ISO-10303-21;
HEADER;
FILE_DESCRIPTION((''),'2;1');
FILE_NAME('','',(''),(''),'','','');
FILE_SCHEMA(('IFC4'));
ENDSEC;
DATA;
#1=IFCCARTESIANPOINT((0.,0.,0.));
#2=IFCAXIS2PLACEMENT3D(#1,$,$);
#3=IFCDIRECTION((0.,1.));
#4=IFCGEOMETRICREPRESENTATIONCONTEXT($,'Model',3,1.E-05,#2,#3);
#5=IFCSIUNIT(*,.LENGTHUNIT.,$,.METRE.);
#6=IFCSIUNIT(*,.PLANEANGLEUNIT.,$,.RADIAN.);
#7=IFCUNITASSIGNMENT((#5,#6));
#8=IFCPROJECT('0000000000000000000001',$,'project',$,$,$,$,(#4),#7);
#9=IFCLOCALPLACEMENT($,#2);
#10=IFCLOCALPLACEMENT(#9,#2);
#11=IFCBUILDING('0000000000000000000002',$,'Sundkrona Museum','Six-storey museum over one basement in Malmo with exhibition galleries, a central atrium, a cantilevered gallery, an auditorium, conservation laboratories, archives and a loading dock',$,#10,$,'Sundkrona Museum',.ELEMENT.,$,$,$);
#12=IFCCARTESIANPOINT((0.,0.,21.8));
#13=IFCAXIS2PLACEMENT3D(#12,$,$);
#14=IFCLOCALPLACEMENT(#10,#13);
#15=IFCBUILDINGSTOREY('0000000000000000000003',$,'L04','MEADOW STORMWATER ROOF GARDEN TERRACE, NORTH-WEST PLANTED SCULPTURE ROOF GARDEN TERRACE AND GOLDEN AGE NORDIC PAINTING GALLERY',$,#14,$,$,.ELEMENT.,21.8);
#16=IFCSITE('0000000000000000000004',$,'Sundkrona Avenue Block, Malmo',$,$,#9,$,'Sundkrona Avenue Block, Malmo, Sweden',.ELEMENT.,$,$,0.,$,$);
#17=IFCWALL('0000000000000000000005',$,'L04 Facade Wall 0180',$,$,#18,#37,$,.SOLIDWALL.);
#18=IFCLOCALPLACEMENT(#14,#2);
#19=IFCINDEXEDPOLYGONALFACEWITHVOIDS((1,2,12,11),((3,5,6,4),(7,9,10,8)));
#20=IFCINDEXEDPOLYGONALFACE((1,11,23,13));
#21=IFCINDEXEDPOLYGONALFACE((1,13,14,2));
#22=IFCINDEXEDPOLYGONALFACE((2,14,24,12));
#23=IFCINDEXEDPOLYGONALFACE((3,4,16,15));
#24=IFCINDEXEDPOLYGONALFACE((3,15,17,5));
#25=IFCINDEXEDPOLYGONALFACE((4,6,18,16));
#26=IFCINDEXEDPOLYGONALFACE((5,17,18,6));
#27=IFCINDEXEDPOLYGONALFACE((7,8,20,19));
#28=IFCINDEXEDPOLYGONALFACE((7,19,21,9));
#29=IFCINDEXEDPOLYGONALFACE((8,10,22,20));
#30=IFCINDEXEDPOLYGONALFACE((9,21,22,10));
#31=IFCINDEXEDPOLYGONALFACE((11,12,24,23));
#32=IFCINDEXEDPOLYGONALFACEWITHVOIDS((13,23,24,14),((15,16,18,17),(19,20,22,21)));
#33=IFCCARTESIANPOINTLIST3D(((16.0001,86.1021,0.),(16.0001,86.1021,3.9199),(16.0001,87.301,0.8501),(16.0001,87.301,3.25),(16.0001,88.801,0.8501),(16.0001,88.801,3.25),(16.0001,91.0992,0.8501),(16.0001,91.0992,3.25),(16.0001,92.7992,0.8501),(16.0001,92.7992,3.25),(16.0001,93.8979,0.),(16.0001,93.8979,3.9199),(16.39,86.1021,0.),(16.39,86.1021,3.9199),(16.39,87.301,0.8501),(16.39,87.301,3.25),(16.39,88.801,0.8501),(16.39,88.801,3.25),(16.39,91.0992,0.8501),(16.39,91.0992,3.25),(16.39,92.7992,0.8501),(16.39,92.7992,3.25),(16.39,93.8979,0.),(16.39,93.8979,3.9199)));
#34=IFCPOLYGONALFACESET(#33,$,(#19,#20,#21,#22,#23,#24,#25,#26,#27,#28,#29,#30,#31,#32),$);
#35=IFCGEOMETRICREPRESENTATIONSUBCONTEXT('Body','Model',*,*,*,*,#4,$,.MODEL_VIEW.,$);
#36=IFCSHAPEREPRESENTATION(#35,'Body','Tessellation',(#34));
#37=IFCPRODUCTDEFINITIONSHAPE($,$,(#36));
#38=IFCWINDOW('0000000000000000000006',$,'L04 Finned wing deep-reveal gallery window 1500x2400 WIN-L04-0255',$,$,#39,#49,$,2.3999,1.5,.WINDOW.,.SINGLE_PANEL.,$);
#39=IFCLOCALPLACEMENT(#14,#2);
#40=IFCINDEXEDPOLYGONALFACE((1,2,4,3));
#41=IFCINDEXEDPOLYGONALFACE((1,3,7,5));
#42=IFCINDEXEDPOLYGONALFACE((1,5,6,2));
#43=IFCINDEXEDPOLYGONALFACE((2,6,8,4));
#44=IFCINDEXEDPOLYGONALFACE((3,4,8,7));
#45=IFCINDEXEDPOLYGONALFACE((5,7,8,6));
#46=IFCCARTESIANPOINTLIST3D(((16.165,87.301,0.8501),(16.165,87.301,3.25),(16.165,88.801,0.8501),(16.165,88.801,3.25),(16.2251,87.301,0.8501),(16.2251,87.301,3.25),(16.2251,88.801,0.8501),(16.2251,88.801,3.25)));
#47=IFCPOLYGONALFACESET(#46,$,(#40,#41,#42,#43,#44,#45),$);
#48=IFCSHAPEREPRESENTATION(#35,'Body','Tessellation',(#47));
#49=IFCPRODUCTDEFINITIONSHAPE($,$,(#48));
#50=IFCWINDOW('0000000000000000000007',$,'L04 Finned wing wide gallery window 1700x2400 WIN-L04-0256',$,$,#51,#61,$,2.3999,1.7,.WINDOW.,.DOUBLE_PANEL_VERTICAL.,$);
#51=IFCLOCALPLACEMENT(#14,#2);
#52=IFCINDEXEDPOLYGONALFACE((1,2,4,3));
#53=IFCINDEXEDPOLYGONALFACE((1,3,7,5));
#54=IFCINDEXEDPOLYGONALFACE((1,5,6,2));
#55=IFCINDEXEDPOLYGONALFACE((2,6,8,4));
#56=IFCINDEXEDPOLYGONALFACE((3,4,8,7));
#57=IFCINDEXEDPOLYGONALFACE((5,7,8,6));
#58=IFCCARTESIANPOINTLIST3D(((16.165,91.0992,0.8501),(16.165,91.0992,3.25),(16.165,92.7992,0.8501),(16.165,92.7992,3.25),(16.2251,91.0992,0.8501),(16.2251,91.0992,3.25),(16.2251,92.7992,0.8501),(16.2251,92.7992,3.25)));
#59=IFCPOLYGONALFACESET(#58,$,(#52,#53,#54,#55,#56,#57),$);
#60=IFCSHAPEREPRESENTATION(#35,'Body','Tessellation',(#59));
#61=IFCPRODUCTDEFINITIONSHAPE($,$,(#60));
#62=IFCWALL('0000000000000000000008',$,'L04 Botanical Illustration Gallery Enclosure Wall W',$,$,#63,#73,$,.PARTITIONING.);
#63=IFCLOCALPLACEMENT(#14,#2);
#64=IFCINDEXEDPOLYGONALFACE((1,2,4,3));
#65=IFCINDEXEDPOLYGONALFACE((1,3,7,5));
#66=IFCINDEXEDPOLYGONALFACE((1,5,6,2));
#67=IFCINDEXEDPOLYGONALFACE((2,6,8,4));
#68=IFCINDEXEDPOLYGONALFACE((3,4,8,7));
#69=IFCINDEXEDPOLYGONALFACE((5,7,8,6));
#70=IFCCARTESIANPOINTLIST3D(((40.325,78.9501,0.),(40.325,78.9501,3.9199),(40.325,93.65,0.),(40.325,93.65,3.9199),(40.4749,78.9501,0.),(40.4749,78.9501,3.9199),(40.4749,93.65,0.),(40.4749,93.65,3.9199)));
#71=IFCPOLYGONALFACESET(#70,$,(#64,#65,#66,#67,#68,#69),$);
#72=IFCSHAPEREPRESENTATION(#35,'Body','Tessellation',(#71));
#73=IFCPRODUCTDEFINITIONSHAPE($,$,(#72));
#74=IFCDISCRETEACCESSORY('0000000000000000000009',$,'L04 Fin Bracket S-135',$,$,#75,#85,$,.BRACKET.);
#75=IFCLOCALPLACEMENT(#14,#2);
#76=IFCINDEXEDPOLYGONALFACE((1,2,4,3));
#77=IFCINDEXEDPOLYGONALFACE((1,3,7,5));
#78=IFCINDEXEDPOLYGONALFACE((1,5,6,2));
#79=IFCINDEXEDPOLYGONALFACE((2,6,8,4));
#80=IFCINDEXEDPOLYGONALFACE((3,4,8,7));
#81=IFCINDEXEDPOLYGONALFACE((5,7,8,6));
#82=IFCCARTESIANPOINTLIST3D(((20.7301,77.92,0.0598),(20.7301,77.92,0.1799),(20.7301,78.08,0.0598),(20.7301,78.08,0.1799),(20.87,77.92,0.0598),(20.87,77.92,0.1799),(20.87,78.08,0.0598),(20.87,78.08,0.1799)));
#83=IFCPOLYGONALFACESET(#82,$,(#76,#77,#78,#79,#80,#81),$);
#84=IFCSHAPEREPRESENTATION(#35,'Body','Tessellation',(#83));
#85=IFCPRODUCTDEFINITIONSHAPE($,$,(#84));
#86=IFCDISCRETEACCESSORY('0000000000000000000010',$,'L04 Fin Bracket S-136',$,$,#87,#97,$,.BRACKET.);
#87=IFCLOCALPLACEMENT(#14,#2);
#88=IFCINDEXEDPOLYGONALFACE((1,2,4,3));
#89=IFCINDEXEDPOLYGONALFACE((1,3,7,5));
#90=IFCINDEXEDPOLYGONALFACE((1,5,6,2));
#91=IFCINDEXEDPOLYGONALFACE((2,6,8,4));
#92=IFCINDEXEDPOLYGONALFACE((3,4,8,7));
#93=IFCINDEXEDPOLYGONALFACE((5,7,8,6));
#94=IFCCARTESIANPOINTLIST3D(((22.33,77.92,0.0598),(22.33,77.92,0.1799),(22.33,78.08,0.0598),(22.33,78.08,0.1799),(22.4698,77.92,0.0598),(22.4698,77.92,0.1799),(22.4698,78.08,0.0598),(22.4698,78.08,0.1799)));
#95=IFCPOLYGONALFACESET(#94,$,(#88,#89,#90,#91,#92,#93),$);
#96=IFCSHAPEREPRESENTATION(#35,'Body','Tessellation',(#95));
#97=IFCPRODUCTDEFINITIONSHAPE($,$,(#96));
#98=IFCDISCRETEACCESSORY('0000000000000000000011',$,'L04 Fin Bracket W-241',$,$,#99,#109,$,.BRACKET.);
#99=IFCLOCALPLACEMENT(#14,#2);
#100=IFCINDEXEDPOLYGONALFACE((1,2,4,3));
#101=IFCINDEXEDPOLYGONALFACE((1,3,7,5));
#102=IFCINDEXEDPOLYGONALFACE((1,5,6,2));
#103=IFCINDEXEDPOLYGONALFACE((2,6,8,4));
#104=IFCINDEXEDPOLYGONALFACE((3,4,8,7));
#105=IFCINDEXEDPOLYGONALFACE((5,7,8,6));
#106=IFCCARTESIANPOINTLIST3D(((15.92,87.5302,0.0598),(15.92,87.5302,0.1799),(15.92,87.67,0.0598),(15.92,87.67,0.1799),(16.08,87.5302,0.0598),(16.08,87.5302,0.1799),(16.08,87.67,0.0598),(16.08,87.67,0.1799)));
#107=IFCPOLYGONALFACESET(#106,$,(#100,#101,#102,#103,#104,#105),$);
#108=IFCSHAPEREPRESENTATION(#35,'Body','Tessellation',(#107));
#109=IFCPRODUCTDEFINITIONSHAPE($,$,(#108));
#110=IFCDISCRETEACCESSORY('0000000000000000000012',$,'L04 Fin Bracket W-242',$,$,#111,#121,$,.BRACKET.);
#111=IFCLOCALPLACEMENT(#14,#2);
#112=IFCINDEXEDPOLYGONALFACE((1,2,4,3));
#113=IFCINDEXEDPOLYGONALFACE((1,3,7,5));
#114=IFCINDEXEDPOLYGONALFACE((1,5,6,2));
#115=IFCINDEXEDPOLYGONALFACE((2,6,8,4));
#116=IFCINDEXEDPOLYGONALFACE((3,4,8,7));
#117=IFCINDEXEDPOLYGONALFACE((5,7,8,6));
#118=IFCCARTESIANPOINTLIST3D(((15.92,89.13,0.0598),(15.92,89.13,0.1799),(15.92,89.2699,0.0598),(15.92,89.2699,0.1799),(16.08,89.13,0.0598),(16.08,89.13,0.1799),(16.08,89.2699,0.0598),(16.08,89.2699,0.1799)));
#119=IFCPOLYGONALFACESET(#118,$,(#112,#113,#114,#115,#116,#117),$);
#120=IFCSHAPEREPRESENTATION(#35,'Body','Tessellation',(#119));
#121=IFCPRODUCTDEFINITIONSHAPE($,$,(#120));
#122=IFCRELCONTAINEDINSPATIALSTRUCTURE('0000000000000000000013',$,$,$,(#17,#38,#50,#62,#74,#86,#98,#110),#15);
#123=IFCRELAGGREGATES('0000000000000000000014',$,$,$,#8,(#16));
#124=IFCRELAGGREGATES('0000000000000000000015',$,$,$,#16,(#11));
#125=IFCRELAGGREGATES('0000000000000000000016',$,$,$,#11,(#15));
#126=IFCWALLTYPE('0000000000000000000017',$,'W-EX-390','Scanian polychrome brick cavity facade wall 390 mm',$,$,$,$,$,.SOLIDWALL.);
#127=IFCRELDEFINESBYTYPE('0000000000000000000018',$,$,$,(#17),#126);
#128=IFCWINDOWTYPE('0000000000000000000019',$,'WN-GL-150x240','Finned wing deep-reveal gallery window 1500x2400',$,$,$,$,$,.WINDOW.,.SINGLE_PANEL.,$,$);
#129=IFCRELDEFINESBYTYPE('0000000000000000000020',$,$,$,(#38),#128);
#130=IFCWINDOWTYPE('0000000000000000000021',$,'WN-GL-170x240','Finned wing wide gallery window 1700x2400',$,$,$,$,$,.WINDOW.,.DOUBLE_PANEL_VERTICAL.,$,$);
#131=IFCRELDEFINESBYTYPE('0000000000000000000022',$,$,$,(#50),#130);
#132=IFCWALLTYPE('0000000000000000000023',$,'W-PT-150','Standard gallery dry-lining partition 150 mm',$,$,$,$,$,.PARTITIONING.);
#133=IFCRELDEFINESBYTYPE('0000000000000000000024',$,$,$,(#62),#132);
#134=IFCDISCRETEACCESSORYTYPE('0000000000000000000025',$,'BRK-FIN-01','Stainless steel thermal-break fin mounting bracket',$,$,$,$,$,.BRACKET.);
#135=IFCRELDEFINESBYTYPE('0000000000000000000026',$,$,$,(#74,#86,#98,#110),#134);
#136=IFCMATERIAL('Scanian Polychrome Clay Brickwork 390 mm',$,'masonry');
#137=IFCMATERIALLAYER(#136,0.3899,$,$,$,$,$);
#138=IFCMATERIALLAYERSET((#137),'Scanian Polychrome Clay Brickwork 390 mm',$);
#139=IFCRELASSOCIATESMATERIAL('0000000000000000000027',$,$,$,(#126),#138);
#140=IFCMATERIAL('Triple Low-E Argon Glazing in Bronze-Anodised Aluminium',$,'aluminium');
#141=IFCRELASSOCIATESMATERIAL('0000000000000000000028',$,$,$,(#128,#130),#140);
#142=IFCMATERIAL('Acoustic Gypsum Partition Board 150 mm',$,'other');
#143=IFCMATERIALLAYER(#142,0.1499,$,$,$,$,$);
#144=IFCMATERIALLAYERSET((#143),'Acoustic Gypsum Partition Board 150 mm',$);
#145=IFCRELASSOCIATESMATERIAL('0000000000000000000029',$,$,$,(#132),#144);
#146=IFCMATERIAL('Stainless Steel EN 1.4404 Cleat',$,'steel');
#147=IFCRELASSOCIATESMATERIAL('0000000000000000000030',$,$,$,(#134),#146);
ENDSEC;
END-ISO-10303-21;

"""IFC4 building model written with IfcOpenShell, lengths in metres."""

from ifc_helpers import new_model, si_unit, direction, frame, frame_2d, origin, origin_2d, place, context, subcontext, project, spatial, rectangle, extrude, material, layer, layer_set, type_object, element, fill, save


model = new_model("IFC4")

# Units and contexts
model_context = context("Model", 3, precision=1e-05, world=origin(), true_north=direction((0.0, 1.0)))
body_context = subcontext(model_context, "Body", "Model", "MODEL_VIEW")
ifc_project = project(units=[si_unit("LENGTHUNIT", "METRE"), si_unit("PLANEANGLEUNIT", "RADIAN")], contexts=[model_context])

# Site, building, storey
site_placement = place(None, origin())
site = spatial("IfcSite", under=ifc_project, at=site_placement, Name="Sundkrona Avenue Block, Malmo", LongName="Sundkrona Avenue Block, Malmo, Sweden", CompositionType="ELEMENT", RefElevation=0.0)
building_placement = place(site_placement, origin())
building = spatial("IfcBuilding", under=site, at=building_placement, Name="Sundkrona Museum", Description="Six-storey museum over one basement in Malmo with exhibition galleries, a central atrium, a cantilevered gallery, an auditorium, conservation laboratories, archives and a loading dock", LongName="Sundkrona Museum", CompositionType="ELEMENT")
storey_placement = place(building_placement, frame((0.0, 0.0, 21.8)))
storey = spatial("IfcBuildingStorey", under=building, at=storey_placement, Name="L04", Description="MEADOW STORMWATER ROOF GARDEN TERRACE, NORTH-WEST PLANTED SCULPTURE ROOF GARDEN TERRACE AND GOLDEN AGE NORDIC PAINTING GALLERY", CompositionType="ELEMENT", Elevation=21.8)

# Wall, openings, windows
ifc_material_1 = material(Name="Scanian Polychrome Clay Brickwork 390 mm", Category="masonry")
ifc_layer_1 = layer(ifc_material_1, 0.3899)
ifc_layer_set_1 = layer_set([ifc_layer_1], Name="Scanian Polychrome Clay Brickwork 390 mm")
wall_type_1 = type_object("IfcWallType", Name="W-EX-390", Description="Scanian polychrome brick cavity facade wall 390 mm", PredefinedType="SOLIDWALL", material=ifc_layer_set_1)
ifc_material_2 = material(Name="Triple Low-E Argon Glazing in Bronze-Anodised Aluminium", Category="aluminium")
window_type_1 = type_object("IfcWindowType", Name="WN-GL-150x240", Description="Finned wing deep-reveal gallery window 1500x2400", PartitioningType="SINGLE_PANEL", PredefinedType="WINDOW", material=ifc_material_2)
window_type_2 = type_object("IfcWindowType", Name="WN-GL-170x240", Description="Finned wing wide gallery window 1700x2400", PartitioningType="DOUBLE_PANEL_VERTICAL", PredefinedType="WINDOW", material=ifc_material_2)
wall_1_placement = place(storey_placement, frame((16.1951, 86.1021, 0.0), z_axis=(0.0, 0.0, 1.0), x_axis=(0.0, 1.0, 0.0)))
wall_1 = element("IfcWall", 1, at=wall_1_placement, inside=storey, type_object=wall_type_1, Name="L04 Facade Wall 0180", PredefinedType="SOLIDWALL", context=body_context, shape_type="SweptSolid", body=[
    extrude(rectangle(XDim=7.7959, YDim=0.3899, at=frame_2d((3.8979, 0.0))), origin(), (0.0, 0.0, 1.0), 3.9199),
])
opening_1_placement = place(wall_1_placement, frame((1.199, 0.0, 0.8501)))
opening_1 = element("IfcOpeningElement", 2, at=opening_1_placement, cuts=wall_1, PredefinedType="OPENING", context=body_context, shape_type="SweptSolid", body=[
    extrude(rectangle(XDim=1.5, YDim=2.3999, at=frame_2d((0.75, 1.2))), frame((0.0, 0.2048, 0.0), z_axis=(0.0, -1.0, 0.0), x_axis=(1.0, 0.0, 0.0)), (0.0, 0.0, 1.0), 0.4099),
])
opening_2_placement = place(wall_1_placement, frame((4.9971, 0.0, 0.8501)))
opening_2 = element("IfcOpeningElement", 3, at=opening_2_placement, cuts=wall_1, PredefinedType="OPENING", context=body_context, shape_type="SweptSolid", body=[
    extrude(rectangle(XDim=1.7, YDim=2.3999, at=frame_2d((0.8501, 1.2))), frame((0.0, 0.2048, 0.0), z_axis=(0.0, -1.0, 0.0), x_axis=(1.0, 0.0, 0.0)), (0.0, 0.0, 1.0), 0.4099),
])
window_1_placement = place(opening_1_placement, origin())
window_1 = element("IfcWindow", 4, at=window_1_placement, inside=storey, type_object=window_type_1, Name="L04 Finned wing deep-reveal gallery window 1500x2400 WIN-L04-0255", OverallHeight=2.3999, OverallWidth=1.5, PartitioningType="SINGLE_PANEL", PredefinedType="WINDOW", context=body_context, shape_type="SweptSolid", body=[
    extrude(rectangle(XDim=1.5, YDim=2.3999, at=frame_2d((0.75, 1.2))), frame((0.0, 0.03, 0.0), z_axis=(0.0, -1.0, 0.0), x_axis=(1.0, 0.0, 0.0)), (0.0, 0.0, 1.0), 0.0601),
])
fill(opening_1, window_1)
window_2_placement = place(opening_2_placement, origin())
window_2 = element("IfcWindow", 5, at=window_2_placement, inside=storey, type_object=window_type_2, Name="L04 Finned wing wide gallery window 1700x2400 WIN-L04-0256", OverallHeight=2.3999, OverallWidth=1.7, PartitioningType="DOUBLE_PANEL_VERTICAL", PredefinedType="WINDOW", context=body_context, shape_type="SweptSolid", body=[
    extrude(rectangle(XDim=1.7, YDim=2.3999, at=frame_2d((0.8501, 1.2))), frame((0.0, 0.03, 0.0), z_axis=(0.0, -1.0, 0.0), x_axis=(1.0, 0.0, 0.0)), (0.0, 0.0, 1.0), 0.0601),
])
fill(opening_2, window_2)

# Wall
ifc_material_3 = material(Name="Acoustic Gypsum Partition Board 150 mm", Category="other")
ifc_layer_2 = layer(ifc_material_3, 0.1499)
ifc_layer_set_2 = layer_set([ifc_layer_2], Name="Acoustic Gypsum Partition Board 150 mm")
wall_type_2 = type_object("IfcWallType", Name="W-PT-150", Description="Standard gallery dry-lining partition 150 mm", PredefinedType="PARTITIONING", material=ifc_layer_set_2)
wall_2_placement = place(storey_placement, frame((40.3999, 78.95, 0.0), z_axis=(0.0, 0.0, 1.0), x_axis=(0.0, 1.0, 0.0)))
element("IfcWall", 6, at=wall_2_placement, inside=storey, type_object=wall_type_2, Name="L04 Botanical Illustration Gallery Enclosure Wall W", PredefinedType="PARTITIONING", context=body_context, shape_type="SweptSolid", body=[
    extrude(rectangle(XDim=14.7, YDim=0.1499, at=frame_2d((7.3501, 0.0))), origin(), (0.0, 0.0, 1.0), 3.9199),
])

# Discrete accessories
ifc_material_4 = material(Name="Stainless Steel EN 1.4404 Cleat", Category="steel")
discrete_accessory_type = type_object("IfcDiscreteAccessoryType", Name="BRK-FIN-01", Description="Stainless steel thermal-break fin mounting bracket", PredefinedType="BRACKET", material=ifc_material_4)
for number, where, z_axis, x_axis, name in (
    (7, (20.8, 78.0, 0.0598), (0.0, 0.0, 1.0), (1.0, 0.0, 0.0), "L04 Fin Bracket S-135"),
    (8, (22.3999, 78.0, 0.0598), (0.0, 0.0, 1.0), (1.0, 0.0, 0.0), "L04 Fin Bracket S-136"),
):
    element("IfcDiscreteAccessory", number, at=place(storey_placement, frame(where, z_axis=z_axis, x_axis=x_axis)), inside=storey, type_object=discrete_accessory_type, Name=name, PredefinedType="BRACKET", context=body_context, shape_type="SweptSolid", body=[
        extrude(rectangle(XDim=0.1399, YDim=0.1599, at=origin_2d()), origin(), (0.0, 0.0, 1.0), 0.1201),
    ])
for number, where, z_axis, x_axis, name in (
    (9, (16.0, 87.6001, 0.0598), (0.0, 0.0, 1.0), (1.0, 0.0, 0.0), "L04 Fin Bracket W-241"),
    (10, (16.0, 89.2, 0.0598), (0.0, 0.0, 1.0), (1.0, 0.0, 0.0), "L04 Fin Bracket W-242"),
):
    element("IfcDiscreteAccessory", number, at=place(storey_placement, frame(where, z_axis=z_axis, x_axis=x_axis)), inside=storey, type_object=discrete_accessory_type, Name=name, PredefinedType="BRACKET", context=body_context, shape_type="SweptSolid", body=[
        extrude(rectangle(XDim=0.1599, YDim=0.1399, at=origin_2d()), origin(), (0.0, 0.0, 1.0), 0.1201),
    ])

save(model, "model.ifc")
